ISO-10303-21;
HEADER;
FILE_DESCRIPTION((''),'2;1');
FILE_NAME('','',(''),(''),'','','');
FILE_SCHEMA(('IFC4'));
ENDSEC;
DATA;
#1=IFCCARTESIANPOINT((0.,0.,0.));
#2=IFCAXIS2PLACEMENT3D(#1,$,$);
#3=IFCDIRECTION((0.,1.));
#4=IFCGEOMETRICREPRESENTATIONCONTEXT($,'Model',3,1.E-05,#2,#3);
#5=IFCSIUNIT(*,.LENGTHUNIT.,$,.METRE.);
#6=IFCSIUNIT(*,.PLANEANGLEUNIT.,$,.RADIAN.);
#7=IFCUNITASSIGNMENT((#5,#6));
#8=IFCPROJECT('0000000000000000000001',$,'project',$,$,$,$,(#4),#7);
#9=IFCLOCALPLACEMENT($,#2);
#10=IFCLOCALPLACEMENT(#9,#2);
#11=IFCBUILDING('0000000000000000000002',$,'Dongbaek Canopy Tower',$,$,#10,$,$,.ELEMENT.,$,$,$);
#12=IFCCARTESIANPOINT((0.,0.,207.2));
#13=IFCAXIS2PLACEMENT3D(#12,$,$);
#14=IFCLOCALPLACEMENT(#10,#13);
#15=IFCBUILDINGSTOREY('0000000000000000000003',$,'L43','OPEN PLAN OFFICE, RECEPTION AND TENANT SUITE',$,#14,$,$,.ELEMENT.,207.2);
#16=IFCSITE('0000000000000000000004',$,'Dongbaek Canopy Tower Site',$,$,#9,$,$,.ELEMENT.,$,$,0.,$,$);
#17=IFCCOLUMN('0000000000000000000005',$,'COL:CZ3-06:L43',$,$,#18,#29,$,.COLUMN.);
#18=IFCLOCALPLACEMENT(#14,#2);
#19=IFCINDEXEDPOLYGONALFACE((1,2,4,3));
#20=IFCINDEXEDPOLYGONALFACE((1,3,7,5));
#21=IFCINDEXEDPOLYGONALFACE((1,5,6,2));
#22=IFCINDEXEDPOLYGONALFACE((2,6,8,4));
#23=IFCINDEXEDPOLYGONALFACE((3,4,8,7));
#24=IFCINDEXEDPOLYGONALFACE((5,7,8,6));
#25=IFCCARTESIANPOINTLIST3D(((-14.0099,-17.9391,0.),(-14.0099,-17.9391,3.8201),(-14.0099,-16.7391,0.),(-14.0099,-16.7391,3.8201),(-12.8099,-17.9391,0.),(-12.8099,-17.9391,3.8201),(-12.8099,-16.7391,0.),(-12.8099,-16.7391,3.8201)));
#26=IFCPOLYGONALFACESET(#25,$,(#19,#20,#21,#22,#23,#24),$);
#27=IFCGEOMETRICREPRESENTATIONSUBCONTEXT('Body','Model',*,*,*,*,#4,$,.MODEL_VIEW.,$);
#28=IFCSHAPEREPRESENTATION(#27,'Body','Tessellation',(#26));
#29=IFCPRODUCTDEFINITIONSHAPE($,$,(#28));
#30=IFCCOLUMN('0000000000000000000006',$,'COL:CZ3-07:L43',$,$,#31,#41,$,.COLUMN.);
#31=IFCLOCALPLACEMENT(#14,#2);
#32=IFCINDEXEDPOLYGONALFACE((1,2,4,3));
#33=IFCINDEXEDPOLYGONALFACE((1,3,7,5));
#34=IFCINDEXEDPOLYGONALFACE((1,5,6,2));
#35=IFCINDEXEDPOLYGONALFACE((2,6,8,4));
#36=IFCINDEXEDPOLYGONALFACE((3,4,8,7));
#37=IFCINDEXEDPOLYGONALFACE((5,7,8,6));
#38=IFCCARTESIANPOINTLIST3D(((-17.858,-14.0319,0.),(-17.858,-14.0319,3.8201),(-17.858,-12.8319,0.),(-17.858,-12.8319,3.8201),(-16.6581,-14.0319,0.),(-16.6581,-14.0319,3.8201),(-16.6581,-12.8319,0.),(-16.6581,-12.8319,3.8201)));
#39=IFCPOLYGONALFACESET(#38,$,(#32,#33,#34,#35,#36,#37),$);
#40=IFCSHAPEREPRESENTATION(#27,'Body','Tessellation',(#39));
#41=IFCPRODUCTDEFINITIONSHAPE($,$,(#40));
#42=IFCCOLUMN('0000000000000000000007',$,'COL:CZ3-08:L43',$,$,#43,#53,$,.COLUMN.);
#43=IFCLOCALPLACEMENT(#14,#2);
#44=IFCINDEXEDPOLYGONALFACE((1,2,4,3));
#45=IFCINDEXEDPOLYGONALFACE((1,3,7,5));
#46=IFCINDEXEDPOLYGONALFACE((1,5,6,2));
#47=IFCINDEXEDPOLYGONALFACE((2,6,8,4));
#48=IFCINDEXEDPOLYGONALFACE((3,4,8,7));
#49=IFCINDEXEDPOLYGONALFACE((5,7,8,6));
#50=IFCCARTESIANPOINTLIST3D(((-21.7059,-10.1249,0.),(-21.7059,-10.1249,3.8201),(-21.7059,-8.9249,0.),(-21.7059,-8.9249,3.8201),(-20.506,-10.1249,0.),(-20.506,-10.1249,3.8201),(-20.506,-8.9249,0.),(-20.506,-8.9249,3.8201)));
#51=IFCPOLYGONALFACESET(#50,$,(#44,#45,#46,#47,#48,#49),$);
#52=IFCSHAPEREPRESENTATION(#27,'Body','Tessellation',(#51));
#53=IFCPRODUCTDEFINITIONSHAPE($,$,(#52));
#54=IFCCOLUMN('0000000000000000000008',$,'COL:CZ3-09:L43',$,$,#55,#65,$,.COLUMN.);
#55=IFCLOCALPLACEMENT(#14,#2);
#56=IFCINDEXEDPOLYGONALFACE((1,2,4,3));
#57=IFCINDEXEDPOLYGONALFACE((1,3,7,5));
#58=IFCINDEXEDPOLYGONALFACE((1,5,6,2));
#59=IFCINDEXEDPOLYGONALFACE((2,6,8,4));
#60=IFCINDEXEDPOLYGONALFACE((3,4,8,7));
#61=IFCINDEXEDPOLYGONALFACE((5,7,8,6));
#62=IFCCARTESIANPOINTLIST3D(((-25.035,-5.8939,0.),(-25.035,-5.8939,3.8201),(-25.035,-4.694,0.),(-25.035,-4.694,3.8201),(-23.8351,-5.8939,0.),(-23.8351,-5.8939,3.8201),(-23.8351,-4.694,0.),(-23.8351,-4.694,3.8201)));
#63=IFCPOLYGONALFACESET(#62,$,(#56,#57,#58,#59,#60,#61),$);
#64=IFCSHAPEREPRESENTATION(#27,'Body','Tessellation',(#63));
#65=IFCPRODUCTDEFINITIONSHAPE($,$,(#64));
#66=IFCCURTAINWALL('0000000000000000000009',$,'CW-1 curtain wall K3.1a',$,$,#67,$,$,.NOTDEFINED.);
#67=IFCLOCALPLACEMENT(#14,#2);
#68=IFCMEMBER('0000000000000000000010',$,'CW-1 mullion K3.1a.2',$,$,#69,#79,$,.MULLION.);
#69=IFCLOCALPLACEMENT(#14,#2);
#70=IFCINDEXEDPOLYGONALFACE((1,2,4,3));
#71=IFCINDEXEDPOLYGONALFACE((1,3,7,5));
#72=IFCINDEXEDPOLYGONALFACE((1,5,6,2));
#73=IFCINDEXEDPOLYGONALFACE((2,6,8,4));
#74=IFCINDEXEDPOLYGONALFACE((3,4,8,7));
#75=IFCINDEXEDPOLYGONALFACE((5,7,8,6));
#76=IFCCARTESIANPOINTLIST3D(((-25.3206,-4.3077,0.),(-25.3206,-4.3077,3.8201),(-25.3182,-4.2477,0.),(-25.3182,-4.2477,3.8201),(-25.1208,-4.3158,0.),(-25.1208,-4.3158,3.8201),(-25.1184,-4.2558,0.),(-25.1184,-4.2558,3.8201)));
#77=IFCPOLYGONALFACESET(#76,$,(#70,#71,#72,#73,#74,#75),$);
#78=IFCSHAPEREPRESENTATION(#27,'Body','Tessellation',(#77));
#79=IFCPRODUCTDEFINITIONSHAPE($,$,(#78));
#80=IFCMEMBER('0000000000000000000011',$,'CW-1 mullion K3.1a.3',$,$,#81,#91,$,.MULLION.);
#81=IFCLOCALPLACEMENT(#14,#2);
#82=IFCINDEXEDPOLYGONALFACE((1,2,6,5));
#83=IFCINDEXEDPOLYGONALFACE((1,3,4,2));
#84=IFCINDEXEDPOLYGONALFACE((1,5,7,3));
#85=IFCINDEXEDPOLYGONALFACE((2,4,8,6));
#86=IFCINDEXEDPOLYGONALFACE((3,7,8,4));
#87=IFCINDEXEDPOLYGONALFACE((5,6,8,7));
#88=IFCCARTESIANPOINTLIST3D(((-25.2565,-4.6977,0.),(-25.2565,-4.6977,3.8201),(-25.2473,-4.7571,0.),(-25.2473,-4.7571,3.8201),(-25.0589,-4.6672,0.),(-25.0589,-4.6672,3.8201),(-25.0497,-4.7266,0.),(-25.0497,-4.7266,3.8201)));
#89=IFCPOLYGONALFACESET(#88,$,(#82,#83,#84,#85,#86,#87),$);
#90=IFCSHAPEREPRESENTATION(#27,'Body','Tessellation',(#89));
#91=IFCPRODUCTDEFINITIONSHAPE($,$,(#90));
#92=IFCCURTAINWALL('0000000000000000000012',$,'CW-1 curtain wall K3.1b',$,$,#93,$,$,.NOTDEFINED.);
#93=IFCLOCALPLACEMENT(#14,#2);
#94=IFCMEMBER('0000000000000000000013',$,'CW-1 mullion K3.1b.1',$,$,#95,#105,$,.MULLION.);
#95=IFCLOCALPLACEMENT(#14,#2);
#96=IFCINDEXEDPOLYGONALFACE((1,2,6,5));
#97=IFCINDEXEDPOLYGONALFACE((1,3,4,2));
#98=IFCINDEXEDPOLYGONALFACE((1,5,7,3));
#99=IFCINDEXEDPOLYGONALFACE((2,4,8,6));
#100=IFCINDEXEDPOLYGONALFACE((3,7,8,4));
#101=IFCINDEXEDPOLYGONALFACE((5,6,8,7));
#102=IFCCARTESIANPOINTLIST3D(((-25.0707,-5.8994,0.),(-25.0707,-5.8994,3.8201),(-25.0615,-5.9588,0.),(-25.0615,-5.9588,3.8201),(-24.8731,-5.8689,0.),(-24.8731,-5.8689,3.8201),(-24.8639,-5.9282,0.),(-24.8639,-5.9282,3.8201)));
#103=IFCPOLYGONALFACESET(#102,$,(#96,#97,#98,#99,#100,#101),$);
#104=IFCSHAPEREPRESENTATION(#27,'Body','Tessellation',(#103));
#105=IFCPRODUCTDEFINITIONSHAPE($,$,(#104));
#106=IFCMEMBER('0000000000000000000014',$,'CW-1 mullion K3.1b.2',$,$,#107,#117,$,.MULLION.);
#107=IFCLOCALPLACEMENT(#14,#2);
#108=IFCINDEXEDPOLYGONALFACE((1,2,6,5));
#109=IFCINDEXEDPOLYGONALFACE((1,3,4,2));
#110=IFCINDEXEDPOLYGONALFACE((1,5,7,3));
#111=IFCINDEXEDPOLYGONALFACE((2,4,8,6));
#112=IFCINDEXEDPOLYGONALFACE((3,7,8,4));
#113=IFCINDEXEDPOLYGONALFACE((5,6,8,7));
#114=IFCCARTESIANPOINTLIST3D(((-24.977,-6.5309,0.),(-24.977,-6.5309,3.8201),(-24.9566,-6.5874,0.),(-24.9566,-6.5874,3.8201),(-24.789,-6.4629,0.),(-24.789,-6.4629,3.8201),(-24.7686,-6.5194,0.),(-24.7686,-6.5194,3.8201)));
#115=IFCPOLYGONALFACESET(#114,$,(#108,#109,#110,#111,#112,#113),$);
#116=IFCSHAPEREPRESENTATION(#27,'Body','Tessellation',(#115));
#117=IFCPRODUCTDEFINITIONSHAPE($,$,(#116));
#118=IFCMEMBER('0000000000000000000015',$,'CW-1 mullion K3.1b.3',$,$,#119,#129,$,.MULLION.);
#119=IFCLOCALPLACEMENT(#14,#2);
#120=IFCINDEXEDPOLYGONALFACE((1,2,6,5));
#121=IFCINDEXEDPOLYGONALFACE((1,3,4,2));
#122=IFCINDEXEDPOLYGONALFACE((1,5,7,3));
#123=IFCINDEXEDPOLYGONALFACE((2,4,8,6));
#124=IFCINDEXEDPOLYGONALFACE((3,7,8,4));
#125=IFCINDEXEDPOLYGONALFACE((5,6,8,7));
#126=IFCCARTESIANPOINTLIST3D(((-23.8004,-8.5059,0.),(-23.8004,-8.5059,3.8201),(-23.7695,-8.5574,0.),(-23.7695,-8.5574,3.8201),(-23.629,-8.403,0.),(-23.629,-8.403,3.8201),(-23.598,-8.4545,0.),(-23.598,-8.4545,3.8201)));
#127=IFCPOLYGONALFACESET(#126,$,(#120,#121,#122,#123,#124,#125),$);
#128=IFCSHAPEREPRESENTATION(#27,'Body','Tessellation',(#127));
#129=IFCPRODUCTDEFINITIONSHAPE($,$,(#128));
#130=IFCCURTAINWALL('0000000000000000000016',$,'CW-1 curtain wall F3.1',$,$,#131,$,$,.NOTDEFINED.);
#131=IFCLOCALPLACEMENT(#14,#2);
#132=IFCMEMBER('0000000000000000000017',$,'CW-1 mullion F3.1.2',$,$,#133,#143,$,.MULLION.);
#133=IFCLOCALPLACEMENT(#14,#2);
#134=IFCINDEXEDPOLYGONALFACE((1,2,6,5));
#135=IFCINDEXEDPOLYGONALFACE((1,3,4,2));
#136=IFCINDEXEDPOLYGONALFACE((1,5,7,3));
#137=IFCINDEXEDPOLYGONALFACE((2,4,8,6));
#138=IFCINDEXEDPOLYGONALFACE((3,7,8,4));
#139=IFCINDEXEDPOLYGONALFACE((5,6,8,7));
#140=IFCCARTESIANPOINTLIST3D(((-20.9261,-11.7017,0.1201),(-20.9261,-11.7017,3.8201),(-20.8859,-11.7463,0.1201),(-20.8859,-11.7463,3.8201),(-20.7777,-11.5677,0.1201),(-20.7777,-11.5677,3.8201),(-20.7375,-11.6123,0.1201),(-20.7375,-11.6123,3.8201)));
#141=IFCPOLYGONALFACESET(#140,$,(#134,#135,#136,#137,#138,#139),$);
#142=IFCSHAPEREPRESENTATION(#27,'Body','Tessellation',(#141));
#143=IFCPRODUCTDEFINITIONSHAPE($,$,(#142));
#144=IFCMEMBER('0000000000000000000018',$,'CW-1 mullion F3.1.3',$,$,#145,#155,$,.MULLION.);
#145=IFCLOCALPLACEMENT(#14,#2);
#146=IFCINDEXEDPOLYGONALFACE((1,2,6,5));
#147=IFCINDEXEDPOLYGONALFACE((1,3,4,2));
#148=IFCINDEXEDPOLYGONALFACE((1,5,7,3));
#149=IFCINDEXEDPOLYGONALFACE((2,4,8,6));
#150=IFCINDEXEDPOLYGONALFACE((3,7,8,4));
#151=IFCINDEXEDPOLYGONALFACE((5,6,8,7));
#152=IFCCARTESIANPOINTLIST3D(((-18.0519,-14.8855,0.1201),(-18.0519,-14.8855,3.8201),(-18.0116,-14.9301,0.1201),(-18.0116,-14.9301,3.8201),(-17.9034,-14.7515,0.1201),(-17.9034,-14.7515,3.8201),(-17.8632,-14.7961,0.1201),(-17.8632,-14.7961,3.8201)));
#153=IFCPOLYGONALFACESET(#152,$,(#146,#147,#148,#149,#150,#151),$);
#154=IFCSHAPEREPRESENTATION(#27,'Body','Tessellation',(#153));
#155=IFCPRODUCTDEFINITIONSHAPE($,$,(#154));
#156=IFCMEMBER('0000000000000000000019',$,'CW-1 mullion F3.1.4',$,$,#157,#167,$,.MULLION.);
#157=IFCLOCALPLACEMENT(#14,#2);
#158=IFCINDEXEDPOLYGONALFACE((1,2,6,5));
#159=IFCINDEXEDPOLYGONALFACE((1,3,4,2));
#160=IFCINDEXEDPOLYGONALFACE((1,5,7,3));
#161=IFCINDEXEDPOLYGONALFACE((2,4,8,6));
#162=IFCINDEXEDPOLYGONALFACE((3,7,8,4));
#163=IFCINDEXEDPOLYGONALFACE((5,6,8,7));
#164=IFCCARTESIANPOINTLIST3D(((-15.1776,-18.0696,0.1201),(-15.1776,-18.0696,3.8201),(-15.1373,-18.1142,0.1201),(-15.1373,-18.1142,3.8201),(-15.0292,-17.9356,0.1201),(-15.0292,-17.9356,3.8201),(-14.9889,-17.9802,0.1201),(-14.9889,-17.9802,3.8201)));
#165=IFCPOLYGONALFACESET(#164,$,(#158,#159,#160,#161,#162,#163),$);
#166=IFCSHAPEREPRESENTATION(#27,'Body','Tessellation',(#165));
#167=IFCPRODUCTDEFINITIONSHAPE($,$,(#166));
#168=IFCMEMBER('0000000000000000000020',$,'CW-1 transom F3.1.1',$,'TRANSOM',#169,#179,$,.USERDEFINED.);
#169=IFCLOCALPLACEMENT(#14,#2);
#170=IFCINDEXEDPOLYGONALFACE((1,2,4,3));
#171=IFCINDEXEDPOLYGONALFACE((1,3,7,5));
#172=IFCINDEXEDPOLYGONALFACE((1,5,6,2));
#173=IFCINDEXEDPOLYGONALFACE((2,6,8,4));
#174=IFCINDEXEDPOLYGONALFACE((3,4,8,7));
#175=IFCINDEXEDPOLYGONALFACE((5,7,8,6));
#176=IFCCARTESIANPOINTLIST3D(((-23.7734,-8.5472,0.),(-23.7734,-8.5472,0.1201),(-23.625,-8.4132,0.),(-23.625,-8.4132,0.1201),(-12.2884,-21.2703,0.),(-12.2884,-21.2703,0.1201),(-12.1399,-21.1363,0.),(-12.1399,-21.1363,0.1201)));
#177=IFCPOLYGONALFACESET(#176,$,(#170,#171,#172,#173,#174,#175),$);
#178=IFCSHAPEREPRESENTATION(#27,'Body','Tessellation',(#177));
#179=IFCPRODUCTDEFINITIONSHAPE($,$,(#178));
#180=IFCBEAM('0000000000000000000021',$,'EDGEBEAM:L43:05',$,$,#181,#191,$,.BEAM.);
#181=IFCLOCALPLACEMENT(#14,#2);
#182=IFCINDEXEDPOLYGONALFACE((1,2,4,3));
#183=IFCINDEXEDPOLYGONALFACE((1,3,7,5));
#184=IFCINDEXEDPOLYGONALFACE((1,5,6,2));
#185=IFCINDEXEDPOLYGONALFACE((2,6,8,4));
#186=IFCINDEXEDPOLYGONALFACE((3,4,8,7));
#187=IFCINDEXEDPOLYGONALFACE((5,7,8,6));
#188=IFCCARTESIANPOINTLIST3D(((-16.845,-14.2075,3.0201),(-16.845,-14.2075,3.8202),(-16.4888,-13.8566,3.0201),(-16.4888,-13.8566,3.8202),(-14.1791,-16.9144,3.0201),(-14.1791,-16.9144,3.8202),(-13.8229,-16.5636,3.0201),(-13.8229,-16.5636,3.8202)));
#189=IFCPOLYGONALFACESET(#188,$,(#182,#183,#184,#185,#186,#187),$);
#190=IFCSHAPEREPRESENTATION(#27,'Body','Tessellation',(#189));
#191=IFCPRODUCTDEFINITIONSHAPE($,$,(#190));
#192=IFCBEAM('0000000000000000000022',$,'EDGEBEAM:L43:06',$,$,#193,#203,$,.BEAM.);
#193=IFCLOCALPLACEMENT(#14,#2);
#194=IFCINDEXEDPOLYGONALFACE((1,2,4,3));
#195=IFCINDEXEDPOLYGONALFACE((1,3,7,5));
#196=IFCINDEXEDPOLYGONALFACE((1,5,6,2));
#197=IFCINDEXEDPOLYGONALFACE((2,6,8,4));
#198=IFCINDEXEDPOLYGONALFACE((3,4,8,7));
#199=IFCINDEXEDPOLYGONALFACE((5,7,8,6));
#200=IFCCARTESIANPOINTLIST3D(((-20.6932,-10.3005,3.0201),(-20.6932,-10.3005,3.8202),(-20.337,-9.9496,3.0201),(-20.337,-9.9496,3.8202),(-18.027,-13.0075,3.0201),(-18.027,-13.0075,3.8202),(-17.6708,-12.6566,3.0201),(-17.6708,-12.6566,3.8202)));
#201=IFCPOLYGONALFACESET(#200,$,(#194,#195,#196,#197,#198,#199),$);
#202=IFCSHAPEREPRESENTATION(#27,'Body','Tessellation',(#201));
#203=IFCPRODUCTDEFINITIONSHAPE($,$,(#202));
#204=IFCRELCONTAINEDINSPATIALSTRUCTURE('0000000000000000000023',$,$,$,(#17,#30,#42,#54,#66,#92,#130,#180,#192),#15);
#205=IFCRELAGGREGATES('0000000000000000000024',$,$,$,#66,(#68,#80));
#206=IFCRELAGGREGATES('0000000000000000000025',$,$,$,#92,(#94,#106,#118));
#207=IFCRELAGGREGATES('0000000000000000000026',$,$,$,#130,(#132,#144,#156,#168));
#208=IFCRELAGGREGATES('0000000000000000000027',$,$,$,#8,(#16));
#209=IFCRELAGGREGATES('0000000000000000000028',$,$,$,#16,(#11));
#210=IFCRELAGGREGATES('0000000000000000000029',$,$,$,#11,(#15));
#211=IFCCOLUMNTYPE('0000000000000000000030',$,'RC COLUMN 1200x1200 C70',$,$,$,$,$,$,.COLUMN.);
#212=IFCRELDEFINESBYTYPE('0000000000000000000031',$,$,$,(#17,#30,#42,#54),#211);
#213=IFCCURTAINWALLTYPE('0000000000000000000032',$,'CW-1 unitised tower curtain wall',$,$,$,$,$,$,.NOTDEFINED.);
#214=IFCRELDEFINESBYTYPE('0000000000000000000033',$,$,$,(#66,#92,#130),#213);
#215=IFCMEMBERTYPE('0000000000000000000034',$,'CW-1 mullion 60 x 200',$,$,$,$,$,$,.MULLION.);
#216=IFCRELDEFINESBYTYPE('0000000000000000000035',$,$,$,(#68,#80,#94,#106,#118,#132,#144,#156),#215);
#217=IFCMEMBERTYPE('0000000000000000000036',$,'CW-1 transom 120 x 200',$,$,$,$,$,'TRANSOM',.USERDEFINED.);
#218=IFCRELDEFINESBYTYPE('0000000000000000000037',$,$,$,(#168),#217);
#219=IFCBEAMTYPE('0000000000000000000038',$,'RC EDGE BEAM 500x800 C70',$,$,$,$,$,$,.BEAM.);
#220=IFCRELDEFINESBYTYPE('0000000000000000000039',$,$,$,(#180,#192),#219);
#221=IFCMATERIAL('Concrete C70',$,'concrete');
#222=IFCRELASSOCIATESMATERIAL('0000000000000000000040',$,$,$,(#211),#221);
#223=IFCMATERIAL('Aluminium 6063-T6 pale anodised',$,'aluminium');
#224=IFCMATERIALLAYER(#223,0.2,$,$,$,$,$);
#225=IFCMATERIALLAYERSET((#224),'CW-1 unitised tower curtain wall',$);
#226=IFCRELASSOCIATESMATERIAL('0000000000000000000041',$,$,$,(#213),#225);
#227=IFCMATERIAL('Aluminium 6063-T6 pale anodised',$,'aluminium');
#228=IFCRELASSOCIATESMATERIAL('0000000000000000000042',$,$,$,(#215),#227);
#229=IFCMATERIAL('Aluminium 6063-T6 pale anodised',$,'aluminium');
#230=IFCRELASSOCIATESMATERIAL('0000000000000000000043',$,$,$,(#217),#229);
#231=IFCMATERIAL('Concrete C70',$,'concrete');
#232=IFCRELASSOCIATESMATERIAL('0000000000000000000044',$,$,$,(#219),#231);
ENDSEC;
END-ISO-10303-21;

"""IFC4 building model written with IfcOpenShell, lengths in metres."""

from ifc_helpers import new_model, si_unit, direction, frame, origin, origin_2d, place, context, subcontext, project, spatial, rectangle, extrude, material, layer, layer_set, material_profile, profile_set, type_object, element, aggregate, save


model = new_model("IFC4")

# Units and contexts
model_context = context("Model", 3, precision=1e-05, world=origin(), true_north=direction((0.0, 1.0)))
body_context = subcontext(model_context, "Body", "Model", "MODEL_VIEW")
ifc_project = project(units=[si_unit("LENGTHUNIT", "METRE"), si_unit("PLANEANGLEUNIT", "RADIAN")], contexts=[model_context])

# Site, building, storey
site_placement = place(None, origin())
site = spatial("IfcSite", under=ifc_project, at=site_placement, Name="Dongbaek Canopy Tower Site", CompositionType="ELEMENT", RefElevation=0.0)
building_placement = place(site_placement, origin())
building = spatial("IfcBuilding", under=site, at=building_placement, Name="Dongbaek Canopy Tower", CompositionType="ELEMENT")
storey_placement = place(building_placement, frame((0.0, 0.0, 207.2)))
storey = spatial("IfcBuildingStorey", under=building, at=storey_placement, Name="L43", Description="OPEN PLAN OFFICE, RECEPTION AND TENANT SUITE", CompositionType="ELEMENT", Elevation=207.2)

# Columns
ifc_material_1 = material(Name="Concrete C70", Category="concrete")
ifc_material_profile_1 = material_profile(ifc_material_1, rectangle(XDim=1.2, YDim=1.2, at=origin_2d()), Name="RC COLUMN 1200x1200 C70")
ifc_profile_set_1 = profile_set([ifc_material_profile_1], Name="Concrete C70")
column_type = type_object("IfcColumnType", Name="RC COLUMN 1200x1200 C70", PredefinedType="COLUMN", material=ifc_profile_set_1)
for number, where, z_axis, x_axis, name in (
    (1, (-13.4099, -17.3391, 0.0), (0.0, 0.0, 1.0), (1.0, 0.0, 0.0), "COL:CZ3-06:L43"),
    (2, (-17.2581, -13.4319, 0.0), (0.0, 0.0, 1.0), (1.0, 0.0, 0.0), "COL:CZ3-07:L43"),
    (3, (-21.106, -9.5249, 0.0), (0.0, 0.0, 1.0), (1.0, 0.0, 0.0), "COL:CZ3-08:L43"),
    (4, (-24.4351, -5.2939, 0.0), (0.0, 0.0, 1.0), (1.0, 0.0, 0.0), "COL:CZ3-09:L43"),
):
    element("IfcColumn", number, at=place(storey_placement, frame(where, z_axis=z_axis, x_axis=x_axis)), inside=storey, type_object=column_type, Name=name, PredefinedType="COLUMN", context=body_context, shape_type="SweptSolid", body=[
        extrude(rectangle(XDim=1.2, YDim=1.2, at=origin_2d()), origin(), (0.0, 0.0, 1.0), 3.8201),
    ])

# Curtain walls, members
ifc_material_2 = material(Name="Aluminium 6063-T6 pale anodised", Category="aluminium")
ifc_layer_1 = layer(ifc_material_2, 0.2)
ifc_layer_set_1 = layer_set([ifc_layer_1], Name="CW-1 unitised tower curtain wall")
curtain_wall_type = type_object("IfcCurtainWallType", Name="CW-1 unitised tower curtain wall", PredefinedType="NOTDEFINED", material=ifc_layer_set_1)
curtain_wall_1_placement = place(storey_placement, origin())
curtain_wall_1 = element("IfcCurtainWall", 5, at=curtain_wall_1_placement, inside=storey, type_object=curtain_wall_type, Name="CW-1 curtain wall K3.1a", PredefinedType="NOTDEFINED")
ifc_material_3 = material(Name="Aluminium 6063-T6 pale anodised", Category="aluminium")
ifc_material_profile_2 = material_profile(ifc_material_3, rectangle(XDim=0.2, YDim=0.0601, at=origin_2d()), Name="CW-1 mullion 60 x 200")
ifc_profile_set_2 = profile_set([ifc_material_profile_2], Name="Aluminium 6063-T6 pale anodised")
member_type_1 = type_object("IfcMemberType", Name="CW-1 mullion 60 x 200", PredefinedType="MULLION", material=ifc_profile_set_2)
member_1_placement = place(storey_placement, frame((-25.2195, -4.2817, 0.0), z_axis=(0.0, 0.0, 1.0), x_axis=(-0.999186, 0.040338, 0.0)))
member_1 = element("IfcMember", 6, at=member_1_placement, type_object=member_type_1, Name="CW-1 mullion K3.1a.2", PredefinedType="MULLION", context=body_context, shape_type="SweptSolid", body=[
    extrude(rectangle(XDim=0.2, YDim=0.0601, at=origin_2d()), origin(), (0.0, 0.0, 1.0), 3.8201),
])
member_2_placement = place(storey_placement, frame((-25.1531, -4.7122, 0.0), z_axis=(0.0, 0.0, 1.0), x_axis=(-0.988271, -0.152713, 0.0)))
member_2 = element("IfcMember", 7, at=member_2_placement, type_object=member_type_1, Name="CW-1 mullion K3.1a.3", PredefinedType="MULLION", context=body_context, shape_type="SweptSolid", body=[
    extrude(rectangle(XDim=0.2, YDim=0.0601, at=origin_2d()), origin(), (0.0, 0.0, 1.0), 3.8201),
])
curtain_wall_2_placement = place(storey_placement, origin())
curtain_wall_2 = element("IfcCurtainWall", 8, at=curtain_wall_2_placement, inside=storey, type_object=curtain_wall_type, Name="CW-1 curtain wall K3.1b", PredefinedType="NOTDEFINED")
member_3_placement = place(storey_placement, frame((-24.9673, -5.9138, 0.0), z_axis=(0.0, 0.0, 1.0), x_axis=(-0.988271, -0.152713, 0.0)))
member_3 = element("IfcMember", 9, at=member_3_placement, type_object=member_type_1, Name="CW-1 mullion K3.1b.1", PredefinedType="MULLION", context=body_context, shape_type="SweptSolid", body=[
    extrude(rectangle(XDim=0.2, YDim=0.0601, at=origin_2d()), origin(), (0.0, 0.0, 1.0), 3.8201),
])
member_4_placement = place(storey_placement, frame((-24.8728, -6.5251, 0.0), z_axis=(0.0, 0.0, 1.0), x_axis=(-0.940406, -0.340055, 0.0)))
member_4 = element("IfcMember", 10, at=member_4_placement, type_object=member_type_1, Name="CW-1 mullion K3.1b.2", PredefinedType="MULLION", context=body_context, shape_type="SweptSolid", body=[
    extrude(rectangle(XDim=0.2, YDim=0.0601, at=origin_2d()), origin(), (0.0, 0.0, 1.0), 3.8201),
])
member_5_placement = place(storey_placement, frame((-23.6992, -8.4802, 0.0), z_axis=(0.0, 0.0, 1.0), x_axis=(-0.857381, -0.514683, 0.0)))
member_5 = element("IfcMember", 11, at=member_5_placement, type_object=member_type_1, Name="CW-1 mullion K3.1b.3", PredefinedType="MULLION", context=body_context, shape_type="SweptSolid", body=[
    extrude(rectangle(XDim=0.2, YDim=0.0601, at=origin_2d()), origin(), (0.0, 0.0, 1.0), 3.8201),
])
curtain_wall_3_placement = place(storey_placement, origin())
curtain_wall_3 = element("IfcCurtainWall", 12, at=curtain_wall_3_placement, inside=storey, type_object=curtain_wall_type, Name="CW-1 curtain wall F3.1", PredefinedType="NOTDEFINED")
member_6_placement = place(storey_placement, frame((-20.8318, -11.657, 0.1201), z_axis=(0.0, 0.0, 1.0), x_axis=(-0.7423, -0.670068, 0.0)))
member_6 = element("IfcMember", 13, at=member_6_placement, type_object=member_type_1, Name="CW-1 mullion F3.1.2", PredefinedType="MULLION", context=body_context, shape_type="SweptSolid", body=[
    extrude(rectangle(XDim=0.2, YDim=0.0601, at=origin_2d()), origin(), (0.0, 0.0, 1.0), 3.7),
])
member_7_placement = place(storey_placement, frame((-17.9575, -14.8408, 0.1201), z_axis=(0.0, 0.0, 1.0), x_axis=(-0.7423, -0.670068, 0.0)))
member_7 = element("IfcMember", 14, at=member_7_placement, type_object=member_type_1, Name="CW-1 mullion F3.1.3", PredefinedType="MULLION", context=body_context, shape_type="SweptSolid", body=[
    extrude(rectangle(XDim=0.2, YDim=0.0601, at=origin_2d()), origin(), (0.0, 0.0, 1.0), 3.7),
])
member_8_placement = place(storey_placement, frame((-15.0833, -18.0249, 0.1201), z_axis=(0.0, 0.0, 1.0), x_axis=(-0.7423, -0.670068, 0.0)))
member_8 = element("IfcMember", 15, at=member_8_placement, type_object=member_type_1, Name="CW-1 mullion F3.1.4", PredefinedType="MULLION", context=body_context, shape_type="SweptSolid", body=[
    extrude(rectangle(XDim=0.2, YDim=0.0601, at=origin_2d()), origin(), (0.0, 0.0, 1.0), 3.7),
])
ifc_material_4 = material(Name="Aluminium 6063-T6 pale anodised", Category="aluminium")
ifc_material_profile_3 = material_profile(ifc_material_4, rectangle(XDim=0.2, YDim=0.1201, at=origin_2d()), Name="CW-1 transom 120 x 200")
ifc_profile_set_3 = profile_set([ifc_material_profile_3], Name="Aluminium 6063-T6 pale anodised")
member_type_2 = type_object("IfcMemberType", Name="CW-1 transom 120 x 200", ElementType="TRANSOM", PredefinedType="USERDEFINED", material=ifc_profile_set_3)
member_9_placement = place(storey_placement, frame((-23.6992, -8.4802, 0.0601), z_axis=(0.670069, -0.742299, 0.0), x_axis=(0.742299, 0.670069, 0.0)))
member_9 = element("IfcMember", 16, at=member_9_placement, type_object=member_type_2, Name="CW-1 transom F3.1.1", ObjectType="TRANSOM", PredefinedType="USERDEFINED", context=body_context, shape_type="SweptSolid", body=[
    extrude(rectangle(XDim=0.2, YDim=0.1201, at=origin_2d()), origin(), (0.0, 0.0, 1.0), 17.1401),
])

# Beams
ifc_material_5 = material(Name="Concrete C70", Category="concrete")
ifc_material_profile_4 = material_profile(ifc_material_5, rectangle(XDim=0.5, YDim=0.8, at=origin_2d()), Name="RC EDGE BEAM 500x800 C70")
ifc_profile_set_4 = profile_set([ifc_material_profile_4], Name="Concrete C70")
beam_type = type_object("IfcBeamType", Name="RC EDGE BEAM 500x800 C70", PredefinedType="BEAM", material=ifc_profile_set_4)
beam_1_placement = place(storey_placement, frame((-14.001, -16.739, 3.4202), z_axis=(-0.701689, 0.712484, 0.0), x_axis=(-0.712484, -0.701689, 0.0)))
element("IfcBeam", 17, at=beam_1_placement, inside=storey, type_object=beam_type, Name="EDGEBEAM:L43:05", PredefinedType="BEAM", context=body_context, shape_type="SweptSolid", body=[
    extrude(rectangle(XDim=0.5, YDim=0.8, at=origin_2d()), origin(), (0.0, 0.0, 1.0), 3.7993),
])
beam_2_placement = place(storey_placement, frame((-17.8489, -12.832, 3.4202), z_axis=(-0.701721, 0.712452, 0.0), x_axis=(-0.712452, -0.701721, 0.0)))
element("IfcBeam", 18, at=beam_2_placement, inside=storey, type_object=beam_type, Name="EDGEBEAM:L43:06", PredefinedType="BEAM", context=body_context, shape_type="SweptSolid", body=[
    extrude(rectangle(XDim=0.5, YDim=0.8, at=origin_2d()), origin(), (0.0, 0.0, 1.0), 3.7996),
])

aggregate(curtain_wall_1, [member_1, member_2])
aggregate(curtain_wall_2, [member_3, member_4, member_5])

aggregate(curtain_wall_3, [member_6, member_7, member_8, member_9])

save(model, "model.ifc")
